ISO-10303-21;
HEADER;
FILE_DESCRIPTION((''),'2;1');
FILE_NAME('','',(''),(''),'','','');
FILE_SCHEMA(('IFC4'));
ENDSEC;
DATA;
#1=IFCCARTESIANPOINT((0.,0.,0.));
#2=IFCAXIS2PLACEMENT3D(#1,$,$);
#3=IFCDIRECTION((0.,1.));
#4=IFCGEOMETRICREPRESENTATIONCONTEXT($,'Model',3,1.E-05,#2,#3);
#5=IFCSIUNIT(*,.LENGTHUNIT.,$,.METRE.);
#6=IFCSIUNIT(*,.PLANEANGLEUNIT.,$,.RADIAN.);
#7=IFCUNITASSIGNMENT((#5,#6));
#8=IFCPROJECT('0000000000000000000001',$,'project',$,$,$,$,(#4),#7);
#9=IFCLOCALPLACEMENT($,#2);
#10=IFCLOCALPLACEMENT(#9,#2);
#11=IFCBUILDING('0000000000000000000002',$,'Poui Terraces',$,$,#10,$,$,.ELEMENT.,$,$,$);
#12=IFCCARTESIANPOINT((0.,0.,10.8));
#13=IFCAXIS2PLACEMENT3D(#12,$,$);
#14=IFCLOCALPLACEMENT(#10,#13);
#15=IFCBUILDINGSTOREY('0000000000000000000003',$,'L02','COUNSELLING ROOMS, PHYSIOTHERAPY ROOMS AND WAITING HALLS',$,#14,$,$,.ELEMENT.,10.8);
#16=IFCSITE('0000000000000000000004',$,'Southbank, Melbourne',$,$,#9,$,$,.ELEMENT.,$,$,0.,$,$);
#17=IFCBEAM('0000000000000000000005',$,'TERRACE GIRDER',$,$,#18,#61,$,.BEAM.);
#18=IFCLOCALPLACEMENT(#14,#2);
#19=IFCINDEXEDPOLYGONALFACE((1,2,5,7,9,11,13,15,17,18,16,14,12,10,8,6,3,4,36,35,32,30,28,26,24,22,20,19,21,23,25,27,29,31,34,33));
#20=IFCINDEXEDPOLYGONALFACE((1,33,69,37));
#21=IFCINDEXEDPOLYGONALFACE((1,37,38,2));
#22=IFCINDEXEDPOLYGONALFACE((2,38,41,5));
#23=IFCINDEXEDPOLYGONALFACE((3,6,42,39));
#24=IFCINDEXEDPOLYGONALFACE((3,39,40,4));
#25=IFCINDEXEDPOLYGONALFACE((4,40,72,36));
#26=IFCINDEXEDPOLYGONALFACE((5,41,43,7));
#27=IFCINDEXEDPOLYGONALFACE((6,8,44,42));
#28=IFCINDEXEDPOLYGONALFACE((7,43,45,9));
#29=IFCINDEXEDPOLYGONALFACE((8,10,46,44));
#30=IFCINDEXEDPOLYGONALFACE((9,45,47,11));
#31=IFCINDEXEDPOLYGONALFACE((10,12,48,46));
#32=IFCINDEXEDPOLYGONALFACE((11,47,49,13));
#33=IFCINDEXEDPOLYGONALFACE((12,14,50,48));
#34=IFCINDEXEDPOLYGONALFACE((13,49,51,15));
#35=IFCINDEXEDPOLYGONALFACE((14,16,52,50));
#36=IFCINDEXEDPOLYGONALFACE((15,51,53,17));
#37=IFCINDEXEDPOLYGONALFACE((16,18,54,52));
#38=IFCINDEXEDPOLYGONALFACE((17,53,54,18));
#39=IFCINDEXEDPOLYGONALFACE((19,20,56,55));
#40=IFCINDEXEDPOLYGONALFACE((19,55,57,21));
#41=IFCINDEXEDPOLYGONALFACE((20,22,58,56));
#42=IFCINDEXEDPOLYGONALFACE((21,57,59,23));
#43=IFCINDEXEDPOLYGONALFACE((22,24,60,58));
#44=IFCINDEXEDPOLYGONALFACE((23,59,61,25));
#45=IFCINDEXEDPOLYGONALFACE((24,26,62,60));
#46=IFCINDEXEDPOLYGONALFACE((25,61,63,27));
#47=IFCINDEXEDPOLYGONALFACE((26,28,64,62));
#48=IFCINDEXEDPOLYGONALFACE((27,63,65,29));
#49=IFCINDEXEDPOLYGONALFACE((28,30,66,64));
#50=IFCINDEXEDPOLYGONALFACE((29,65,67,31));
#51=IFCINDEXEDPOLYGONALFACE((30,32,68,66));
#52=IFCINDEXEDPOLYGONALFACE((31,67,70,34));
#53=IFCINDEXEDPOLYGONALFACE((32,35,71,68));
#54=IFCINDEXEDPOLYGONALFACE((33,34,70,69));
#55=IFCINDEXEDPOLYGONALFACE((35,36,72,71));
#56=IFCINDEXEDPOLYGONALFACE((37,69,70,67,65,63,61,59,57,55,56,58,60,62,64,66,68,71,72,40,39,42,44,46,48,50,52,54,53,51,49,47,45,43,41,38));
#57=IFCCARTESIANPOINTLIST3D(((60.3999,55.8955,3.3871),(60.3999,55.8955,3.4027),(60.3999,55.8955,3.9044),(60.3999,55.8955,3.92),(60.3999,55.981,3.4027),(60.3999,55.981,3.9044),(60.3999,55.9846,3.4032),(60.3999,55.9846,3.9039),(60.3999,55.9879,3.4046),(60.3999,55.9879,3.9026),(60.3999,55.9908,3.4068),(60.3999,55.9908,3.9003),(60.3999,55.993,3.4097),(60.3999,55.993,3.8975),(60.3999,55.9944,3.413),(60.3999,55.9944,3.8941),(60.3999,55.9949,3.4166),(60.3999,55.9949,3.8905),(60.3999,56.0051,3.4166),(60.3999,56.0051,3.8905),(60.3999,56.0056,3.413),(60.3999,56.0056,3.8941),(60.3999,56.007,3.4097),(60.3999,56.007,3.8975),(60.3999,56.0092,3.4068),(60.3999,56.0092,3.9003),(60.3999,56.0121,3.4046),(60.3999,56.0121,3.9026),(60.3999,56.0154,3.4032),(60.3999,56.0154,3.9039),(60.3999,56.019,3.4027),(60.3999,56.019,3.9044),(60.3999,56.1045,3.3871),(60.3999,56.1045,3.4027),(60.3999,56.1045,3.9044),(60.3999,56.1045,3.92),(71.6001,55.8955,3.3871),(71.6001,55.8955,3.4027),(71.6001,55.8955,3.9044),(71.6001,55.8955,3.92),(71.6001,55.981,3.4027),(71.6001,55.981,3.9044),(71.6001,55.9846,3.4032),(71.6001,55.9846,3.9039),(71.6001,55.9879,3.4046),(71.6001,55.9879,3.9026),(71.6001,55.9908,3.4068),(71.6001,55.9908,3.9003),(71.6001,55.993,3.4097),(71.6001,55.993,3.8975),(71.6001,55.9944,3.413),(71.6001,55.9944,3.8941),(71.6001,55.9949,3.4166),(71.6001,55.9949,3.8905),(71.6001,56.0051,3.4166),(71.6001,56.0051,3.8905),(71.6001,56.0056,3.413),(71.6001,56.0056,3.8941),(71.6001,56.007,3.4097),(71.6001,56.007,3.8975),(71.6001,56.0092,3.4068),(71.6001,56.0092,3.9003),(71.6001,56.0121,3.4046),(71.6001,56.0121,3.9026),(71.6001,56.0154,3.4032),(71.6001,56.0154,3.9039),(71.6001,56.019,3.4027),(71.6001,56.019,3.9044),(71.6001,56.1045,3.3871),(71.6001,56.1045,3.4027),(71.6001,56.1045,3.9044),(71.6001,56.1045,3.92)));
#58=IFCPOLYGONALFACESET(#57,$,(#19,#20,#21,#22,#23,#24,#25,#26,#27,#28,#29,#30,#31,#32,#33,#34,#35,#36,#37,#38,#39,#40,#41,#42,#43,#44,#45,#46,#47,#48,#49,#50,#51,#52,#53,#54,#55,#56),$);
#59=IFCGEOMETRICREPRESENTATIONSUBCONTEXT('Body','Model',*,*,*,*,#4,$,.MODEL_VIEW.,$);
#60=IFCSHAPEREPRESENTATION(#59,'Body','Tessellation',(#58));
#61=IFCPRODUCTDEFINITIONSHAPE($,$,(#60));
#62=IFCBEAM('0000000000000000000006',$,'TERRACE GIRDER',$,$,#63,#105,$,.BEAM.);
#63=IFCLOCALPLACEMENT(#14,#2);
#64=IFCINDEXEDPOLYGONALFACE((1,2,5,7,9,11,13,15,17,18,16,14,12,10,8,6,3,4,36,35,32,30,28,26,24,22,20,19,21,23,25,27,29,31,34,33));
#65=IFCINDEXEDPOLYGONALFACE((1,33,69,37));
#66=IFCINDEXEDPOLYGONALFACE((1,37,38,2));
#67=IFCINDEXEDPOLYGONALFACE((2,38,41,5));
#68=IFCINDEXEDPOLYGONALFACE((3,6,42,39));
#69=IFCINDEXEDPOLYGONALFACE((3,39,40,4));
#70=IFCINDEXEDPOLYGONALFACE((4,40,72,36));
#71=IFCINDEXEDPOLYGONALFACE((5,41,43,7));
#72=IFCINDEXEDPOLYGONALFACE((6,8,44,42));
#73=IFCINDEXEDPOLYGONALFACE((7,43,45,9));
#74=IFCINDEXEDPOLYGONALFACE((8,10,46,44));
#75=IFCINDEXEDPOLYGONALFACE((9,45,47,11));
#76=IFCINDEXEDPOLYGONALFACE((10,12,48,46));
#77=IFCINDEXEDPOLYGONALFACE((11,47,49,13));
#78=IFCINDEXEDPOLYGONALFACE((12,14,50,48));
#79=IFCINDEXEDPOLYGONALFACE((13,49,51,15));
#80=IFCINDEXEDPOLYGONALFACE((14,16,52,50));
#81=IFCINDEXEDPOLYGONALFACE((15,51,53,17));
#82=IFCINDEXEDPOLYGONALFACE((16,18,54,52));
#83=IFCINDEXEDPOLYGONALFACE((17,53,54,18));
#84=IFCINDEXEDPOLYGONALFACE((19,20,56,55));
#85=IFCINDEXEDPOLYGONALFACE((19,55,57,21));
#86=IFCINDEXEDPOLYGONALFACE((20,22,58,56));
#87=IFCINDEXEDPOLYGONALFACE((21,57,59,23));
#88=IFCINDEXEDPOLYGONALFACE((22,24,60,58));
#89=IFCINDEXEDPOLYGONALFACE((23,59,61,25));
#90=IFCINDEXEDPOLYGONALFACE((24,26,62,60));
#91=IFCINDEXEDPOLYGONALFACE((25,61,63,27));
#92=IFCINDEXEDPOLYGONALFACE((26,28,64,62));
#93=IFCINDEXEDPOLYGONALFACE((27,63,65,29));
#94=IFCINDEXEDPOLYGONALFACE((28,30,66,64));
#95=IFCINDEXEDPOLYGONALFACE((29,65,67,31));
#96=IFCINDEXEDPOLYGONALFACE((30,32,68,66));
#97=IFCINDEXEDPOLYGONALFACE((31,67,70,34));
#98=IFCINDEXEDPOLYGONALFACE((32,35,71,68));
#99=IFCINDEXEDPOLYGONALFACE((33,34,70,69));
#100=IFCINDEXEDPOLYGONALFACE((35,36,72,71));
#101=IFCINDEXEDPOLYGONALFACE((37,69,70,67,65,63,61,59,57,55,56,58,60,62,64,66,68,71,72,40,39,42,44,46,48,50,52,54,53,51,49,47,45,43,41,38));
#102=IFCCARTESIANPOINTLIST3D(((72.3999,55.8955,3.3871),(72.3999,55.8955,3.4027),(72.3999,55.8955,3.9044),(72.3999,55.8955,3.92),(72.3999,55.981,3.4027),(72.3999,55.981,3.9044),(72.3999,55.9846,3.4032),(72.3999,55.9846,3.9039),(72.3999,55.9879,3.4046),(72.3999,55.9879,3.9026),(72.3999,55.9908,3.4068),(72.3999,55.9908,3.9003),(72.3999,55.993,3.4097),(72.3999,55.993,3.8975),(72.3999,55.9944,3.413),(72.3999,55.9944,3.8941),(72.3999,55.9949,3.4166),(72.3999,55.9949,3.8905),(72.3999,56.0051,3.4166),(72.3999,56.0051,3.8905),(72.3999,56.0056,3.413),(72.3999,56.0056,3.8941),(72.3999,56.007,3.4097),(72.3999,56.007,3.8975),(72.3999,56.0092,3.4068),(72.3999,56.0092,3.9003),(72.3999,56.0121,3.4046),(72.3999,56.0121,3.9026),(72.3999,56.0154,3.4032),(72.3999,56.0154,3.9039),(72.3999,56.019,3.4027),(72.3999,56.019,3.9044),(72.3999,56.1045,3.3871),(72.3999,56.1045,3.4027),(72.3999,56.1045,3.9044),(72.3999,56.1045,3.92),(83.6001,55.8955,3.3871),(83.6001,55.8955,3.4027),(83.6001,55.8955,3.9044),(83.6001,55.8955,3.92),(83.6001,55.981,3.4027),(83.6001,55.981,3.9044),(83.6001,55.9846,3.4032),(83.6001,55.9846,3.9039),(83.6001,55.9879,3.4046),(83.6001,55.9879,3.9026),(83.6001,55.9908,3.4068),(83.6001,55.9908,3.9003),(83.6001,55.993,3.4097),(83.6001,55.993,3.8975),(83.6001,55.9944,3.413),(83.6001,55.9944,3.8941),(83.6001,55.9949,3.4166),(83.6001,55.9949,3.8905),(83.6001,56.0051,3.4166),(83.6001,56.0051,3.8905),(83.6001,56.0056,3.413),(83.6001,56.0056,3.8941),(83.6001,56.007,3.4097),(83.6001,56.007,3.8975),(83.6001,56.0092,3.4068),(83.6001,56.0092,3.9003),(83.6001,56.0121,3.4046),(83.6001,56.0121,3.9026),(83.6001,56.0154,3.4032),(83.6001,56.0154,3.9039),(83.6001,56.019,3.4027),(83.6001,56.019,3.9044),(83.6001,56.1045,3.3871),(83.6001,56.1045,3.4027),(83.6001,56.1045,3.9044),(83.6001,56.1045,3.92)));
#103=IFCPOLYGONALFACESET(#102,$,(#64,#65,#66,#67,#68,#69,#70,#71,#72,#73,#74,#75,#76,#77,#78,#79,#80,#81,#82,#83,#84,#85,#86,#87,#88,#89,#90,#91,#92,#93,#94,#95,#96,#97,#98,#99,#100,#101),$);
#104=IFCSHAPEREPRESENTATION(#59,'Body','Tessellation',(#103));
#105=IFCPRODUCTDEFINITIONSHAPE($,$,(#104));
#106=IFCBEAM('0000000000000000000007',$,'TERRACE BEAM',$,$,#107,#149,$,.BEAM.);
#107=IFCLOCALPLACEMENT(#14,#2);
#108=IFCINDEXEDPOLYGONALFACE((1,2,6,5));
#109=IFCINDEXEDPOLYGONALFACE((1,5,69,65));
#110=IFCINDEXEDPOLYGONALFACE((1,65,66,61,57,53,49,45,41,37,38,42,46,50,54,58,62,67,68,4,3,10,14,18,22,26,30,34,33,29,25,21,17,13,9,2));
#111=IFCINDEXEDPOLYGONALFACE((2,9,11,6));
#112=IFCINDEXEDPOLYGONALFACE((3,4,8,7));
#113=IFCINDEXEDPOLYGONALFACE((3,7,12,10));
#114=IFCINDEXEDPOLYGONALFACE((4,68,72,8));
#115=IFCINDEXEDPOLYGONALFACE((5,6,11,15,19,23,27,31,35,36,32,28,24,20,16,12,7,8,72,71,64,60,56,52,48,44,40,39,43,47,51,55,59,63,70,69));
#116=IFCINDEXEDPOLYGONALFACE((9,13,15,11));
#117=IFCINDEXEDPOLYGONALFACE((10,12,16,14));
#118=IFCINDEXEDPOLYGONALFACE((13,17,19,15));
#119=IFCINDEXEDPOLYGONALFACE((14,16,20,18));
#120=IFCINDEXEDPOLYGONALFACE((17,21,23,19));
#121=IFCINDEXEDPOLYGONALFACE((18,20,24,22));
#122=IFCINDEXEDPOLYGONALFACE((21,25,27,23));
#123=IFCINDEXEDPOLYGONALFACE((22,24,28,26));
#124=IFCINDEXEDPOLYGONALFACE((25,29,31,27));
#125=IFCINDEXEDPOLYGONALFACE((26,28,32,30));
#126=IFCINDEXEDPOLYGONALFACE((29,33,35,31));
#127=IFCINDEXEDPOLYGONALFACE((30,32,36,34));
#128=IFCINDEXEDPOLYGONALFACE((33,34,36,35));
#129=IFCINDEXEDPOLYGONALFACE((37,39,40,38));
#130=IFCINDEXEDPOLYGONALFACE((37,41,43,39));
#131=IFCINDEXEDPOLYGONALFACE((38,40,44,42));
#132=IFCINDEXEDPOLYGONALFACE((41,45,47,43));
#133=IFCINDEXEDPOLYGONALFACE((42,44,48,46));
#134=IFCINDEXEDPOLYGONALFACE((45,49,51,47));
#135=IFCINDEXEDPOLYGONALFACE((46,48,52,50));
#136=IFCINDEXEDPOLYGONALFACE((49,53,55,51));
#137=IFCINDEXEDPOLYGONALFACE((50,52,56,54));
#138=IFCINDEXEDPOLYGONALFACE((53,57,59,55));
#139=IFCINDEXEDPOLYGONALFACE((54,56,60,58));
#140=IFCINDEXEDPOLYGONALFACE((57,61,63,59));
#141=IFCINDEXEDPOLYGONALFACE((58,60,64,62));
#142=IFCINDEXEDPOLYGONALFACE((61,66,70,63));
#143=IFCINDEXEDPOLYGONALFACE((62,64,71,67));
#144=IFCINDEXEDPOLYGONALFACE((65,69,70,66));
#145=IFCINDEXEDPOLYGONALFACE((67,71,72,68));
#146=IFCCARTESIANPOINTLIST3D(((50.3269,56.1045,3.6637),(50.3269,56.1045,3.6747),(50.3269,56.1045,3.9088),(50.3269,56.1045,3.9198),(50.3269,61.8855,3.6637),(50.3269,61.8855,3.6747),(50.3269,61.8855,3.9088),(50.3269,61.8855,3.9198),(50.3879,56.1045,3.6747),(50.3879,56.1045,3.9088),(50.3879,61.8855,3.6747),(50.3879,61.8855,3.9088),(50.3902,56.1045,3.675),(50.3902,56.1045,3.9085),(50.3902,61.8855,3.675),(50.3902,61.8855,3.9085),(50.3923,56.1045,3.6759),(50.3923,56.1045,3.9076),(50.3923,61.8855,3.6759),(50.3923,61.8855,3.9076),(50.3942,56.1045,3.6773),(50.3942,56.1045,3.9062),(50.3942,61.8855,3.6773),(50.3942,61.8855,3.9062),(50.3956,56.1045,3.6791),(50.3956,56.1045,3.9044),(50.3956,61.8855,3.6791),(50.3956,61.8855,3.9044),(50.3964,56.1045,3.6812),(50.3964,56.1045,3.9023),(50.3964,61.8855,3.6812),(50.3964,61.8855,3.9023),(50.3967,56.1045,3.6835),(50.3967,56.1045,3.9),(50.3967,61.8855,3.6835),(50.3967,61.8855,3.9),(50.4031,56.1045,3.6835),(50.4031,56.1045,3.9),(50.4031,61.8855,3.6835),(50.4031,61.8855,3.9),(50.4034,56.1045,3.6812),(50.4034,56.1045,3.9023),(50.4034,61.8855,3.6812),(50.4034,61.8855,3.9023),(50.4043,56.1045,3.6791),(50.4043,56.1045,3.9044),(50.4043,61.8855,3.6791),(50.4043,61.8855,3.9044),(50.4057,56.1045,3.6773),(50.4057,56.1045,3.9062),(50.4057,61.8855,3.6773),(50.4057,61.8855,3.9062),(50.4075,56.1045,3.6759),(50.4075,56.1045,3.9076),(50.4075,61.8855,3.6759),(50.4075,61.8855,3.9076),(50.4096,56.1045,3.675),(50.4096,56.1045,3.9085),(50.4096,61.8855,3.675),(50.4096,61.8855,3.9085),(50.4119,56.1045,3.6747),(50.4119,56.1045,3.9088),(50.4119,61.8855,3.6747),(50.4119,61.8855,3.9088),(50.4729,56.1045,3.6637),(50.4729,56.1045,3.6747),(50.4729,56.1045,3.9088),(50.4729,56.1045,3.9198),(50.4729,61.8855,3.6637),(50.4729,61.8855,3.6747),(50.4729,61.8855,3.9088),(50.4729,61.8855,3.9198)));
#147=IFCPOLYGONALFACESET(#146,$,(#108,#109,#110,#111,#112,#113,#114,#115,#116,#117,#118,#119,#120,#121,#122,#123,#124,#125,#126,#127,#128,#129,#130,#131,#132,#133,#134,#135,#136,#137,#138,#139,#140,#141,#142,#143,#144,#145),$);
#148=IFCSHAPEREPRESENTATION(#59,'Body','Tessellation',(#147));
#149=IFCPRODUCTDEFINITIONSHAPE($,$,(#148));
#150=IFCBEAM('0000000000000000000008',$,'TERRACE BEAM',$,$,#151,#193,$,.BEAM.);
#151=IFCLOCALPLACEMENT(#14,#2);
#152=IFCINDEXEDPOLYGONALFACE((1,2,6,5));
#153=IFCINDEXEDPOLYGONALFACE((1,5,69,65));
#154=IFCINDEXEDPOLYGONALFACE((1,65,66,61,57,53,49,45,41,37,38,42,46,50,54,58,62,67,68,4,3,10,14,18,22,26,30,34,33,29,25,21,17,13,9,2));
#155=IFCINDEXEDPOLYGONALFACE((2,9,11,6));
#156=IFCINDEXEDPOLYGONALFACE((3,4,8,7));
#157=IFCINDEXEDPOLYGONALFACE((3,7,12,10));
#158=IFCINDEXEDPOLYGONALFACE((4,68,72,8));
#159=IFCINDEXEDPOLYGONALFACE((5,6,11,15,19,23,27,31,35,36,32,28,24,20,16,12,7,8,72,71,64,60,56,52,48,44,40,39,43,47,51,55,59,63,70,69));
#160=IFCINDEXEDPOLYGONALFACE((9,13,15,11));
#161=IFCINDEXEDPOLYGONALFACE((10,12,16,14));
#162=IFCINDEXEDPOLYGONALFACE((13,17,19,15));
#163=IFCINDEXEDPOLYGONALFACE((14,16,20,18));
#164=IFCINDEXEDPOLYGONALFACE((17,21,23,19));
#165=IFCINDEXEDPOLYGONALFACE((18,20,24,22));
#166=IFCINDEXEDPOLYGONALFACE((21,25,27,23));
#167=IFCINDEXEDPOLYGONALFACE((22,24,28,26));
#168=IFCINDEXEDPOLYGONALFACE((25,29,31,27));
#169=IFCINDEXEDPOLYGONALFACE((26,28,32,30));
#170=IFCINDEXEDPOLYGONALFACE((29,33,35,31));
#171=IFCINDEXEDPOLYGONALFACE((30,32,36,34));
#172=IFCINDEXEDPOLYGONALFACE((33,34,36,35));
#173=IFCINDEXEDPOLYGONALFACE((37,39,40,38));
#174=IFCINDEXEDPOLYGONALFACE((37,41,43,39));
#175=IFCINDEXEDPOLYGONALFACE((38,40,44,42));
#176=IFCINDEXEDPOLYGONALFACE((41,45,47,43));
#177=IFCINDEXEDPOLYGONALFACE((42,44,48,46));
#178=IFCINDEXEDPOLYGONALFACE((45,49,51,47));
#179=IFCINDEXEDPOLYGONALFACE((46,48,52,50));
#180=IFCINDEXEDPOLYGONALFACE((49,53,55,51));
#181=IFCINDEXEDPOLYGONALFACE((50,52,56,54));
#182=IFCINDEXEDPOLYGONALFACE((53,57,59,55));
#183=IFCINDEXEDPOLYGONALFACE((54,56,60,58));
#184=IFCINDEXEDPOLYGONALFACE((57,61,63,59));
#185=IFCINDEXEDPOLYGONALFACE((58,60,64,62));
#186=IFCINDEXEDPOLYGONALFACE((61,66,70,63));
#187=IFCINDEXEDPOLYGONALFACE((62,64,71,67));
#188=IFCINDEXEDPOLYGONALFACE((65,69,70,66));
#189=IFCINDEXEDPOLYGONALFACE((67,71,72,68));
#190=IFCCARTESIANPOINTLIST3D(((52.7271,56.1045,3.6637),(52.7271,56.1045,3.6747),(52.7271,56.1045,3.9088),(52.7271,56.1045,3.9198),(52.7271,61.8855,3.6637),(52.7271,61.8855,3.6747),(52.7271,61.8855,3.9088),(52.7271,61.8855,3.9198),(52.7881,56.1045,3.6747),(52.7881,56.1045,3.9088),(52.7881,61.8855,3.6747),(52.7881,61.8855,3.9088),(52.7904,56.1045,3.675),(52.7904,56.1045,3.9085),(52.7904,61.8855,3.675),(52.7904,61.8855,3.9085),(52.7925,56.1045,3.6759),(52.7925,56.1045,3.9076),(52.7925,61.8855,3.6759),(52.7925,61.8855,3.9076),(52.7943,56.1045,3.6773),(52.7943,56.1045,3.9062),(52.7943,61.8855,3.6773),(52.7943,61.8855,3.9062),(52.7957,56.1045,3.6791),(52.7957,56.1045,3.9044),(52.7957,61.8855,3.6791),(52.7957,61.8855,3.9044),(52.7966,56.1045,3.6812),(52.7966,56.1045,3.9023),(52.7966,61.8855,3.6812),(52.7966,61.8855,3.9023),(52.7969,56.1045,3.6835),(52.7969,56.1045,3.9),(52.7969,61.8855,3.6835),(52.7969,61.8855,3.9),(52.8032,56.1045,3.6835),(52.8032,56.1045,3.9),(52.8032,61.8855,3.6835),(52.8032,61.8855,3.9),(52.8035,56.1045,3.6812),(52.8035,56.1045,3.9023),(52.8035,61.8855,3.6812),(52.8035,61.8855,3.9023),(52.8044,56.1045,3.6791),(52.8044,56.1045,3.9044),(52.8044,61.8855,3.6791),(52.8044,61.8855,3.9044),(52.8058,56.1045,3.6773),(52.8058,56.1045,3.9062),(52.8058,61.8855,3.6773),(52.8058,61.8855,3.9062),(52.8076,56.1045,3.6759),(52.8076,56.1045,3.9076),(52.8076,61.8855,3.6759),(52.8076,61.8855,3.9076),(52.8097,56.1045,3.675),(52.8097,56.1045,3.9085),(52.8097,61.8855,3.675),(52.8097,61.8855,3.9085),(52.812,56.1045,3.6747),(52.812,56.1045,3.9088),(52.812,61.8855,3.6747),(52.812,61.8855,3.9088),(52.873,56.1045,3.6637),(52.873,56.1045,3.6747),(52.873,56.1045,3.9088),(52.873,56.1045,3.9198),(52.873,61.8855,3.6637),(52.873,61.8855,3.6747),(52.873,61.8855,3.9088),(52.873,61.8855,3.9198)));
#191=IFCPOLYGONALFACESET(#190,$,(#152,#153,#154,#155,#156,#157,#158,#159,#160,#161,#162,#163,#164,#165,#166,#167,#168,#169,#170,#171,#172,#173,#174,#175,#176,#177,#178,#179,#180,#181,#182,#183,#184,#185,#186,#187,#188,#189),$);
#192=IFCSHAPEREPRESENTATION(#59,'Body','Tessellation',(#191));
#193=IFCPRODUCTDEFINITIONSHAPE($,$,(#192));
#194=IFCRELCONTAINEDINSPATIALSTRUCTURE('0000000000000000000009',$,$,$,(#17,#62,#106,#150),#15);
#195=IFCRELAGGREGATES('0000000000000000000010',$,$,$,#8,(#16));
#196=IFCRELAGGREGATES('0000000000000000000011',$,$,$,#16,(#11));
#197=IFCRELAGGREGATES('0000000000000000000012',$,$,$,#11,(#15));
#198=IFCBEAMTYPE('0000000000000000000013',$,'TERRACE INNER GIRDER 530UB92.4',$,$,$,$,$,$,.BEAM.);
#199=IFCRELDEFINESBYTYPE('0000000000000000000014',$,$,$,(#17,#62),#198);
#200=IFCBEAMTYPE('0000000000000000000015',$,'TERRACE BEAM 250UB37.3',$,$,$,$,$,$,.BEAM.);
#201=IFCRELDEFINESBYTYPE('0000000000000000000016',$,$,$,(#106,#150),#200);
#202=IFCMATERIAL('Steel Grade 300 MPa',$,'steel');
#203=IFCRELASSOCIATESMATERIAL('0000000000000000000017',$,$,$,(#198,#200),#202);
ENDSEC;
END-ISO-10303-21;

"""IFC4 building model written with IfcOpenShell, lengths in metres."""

from ifc_helpers import new_model, si_unit, direction, frame, origin, origin_2d, place, context, subcontext, project, spatial, i_section, extrude, source, transform, mapped, material, material_profile, profile_set, type_object, element, save


model = new_model("IFC4")

# Units and contexts
model_context = context("Model", 3, precision=1e-05, world=origin(), true_north=direction((0.0, 1.0)))
body_context = subcontext(model_context, "Body", "Model", "MODEL_VIEW")
ifc_project = project(units=[si_unit("LENGTHUNIT", "METRE"), si_unit("PLANEANGLEUNIT", "RADIAN")], contexts=[model_context])

# Site, building, storey
site_placement = place(None, origin())
site = spatial("IfcSite", under=ifc_project, at=site_placement, Name="Southbank, Melbourne", CompositionType="ELEMENT", RefElevation=0.0)
building_placement = place(site_placement, origin())
building = spatial("IfcBuilding", under=site, at=building_placement, Name="Poui Terraces", CompositionType="ELEMENT")
storey_placement = place(building_placement, frame((0.0, 0.0, 10.8)))
storey = spatial("IfcBuildingStorey", under=building, at=storey_placement, Name="L02", Description="COUNSELLING ROOMS, PHYSIOTHERAPY ROOMS AND WAITING HALLS", CompositionType="ELEMENT", Elevation=10.8)

# Beams
ifc_material_1 = material(Name="Steel Grade 300 MPa", Category="steel")
ifc_material_profile_1 = material_profile(ifc_material_1, i_section(OverallWidth=0.209, OverallDepth=0.533, WebThickness=0.0103, FlangeThickness=0.0156, FilletRadius=0.0139, at=origin_2d()), Name="530UB92.4")
ifc_profile_set_1 = profile_set([ifc_material_profile_1], Name="Steel Grade 300 MPa")
beam_type_1 = type_object("IfcBeamType", Name="TERRACE INNER GIRDER 530UB92.4", PredefinedType="BEAM", material=ifc_profile_set_1)
shared_shape_1 = source(origin(), body_context, "Body", "SweptSolid", [
    extrude(i_section(OverallWidth=0.209, OverallDepth=0.533, WebThickness=0.0103, FlangeThickness=0.0156, FilletRadius=0.0139, at=origin_2d()), origin(), (0.0, 0.0, 1.0), 11.2002),
])
for number, where, z_axis, x_axis, name in (
    (1, (60.3999, 56.0, 3.6536), (1.0, 0.0, 0.0), (0.0, 1.0, 0.0), "TERRACE GIRDER"),
    (2, (72.3999, 56.0, 3.6536), (1.0, 0.0, 0.0), (0.0, 1.0, 0.0), "TERRACE GIRDER"),
):
    element("IfcBeam", number, at=place(storey_placement, frame(where, z_axis=z_axis, x_axis=x_axis)), inside=storey, type_object=beam_type_1, Name=name, PredefinedType="BEAM", context=body_context, shape_type="MappedRepresentation", body=[
        mapped(shared_shape_1, transform((0.0, 0.0, 0.0))),
    ])
ifc_material_profile_2 = material_profile(ifc_material_1, i_section(OverallWidth=0.146, OverallDepth=0.2561, WebThickness=0.0063, FlangeThickness=0.011, FilletRadius=0.0088, at=origin_2d()), Name="250UB37.3")
ifc_profile_set_2 = profile_set([ifc_material_profile_2], Name="Steel Grade 300 MPa")
beam_type_2 = type_object("IfcBeamType", Name="TERRACE BEAM 250UB37.3", PredefinedType="BEAM", material=ifc_profile_set_2)
shared_shape_2 = source(origin(), body_context, "Body", "SweptSolid", [
    extrude(i_section(OverallWidth=0.146, OverallDepth=0.2561, WebThickness=0.0063, FlangeThickness=0.011, FilletRadius=0.0088, at=origin_2d()), origin(), (0.0, 0.0, 1.0), 5.781),
])
for number, where, z_axis, x_axis, name in (
    (3, (50.3999, 56.1045, 3.7917), (0.0, 1.0, 0.0), (-1.0, 0.0, 0.0), "TERRACE BEAM"),
    (4, (52.8, 56.1045, 3.7917), (0.0, 1.0, 0.0), (-1.0, 0.0, 0.0), "TERRACE BEAM"),
):
    element("IfcBeam", number, at=place(storey_placement, frame(where, z_axis=z_axis, x_axis=x_axis)), inside=storey, type_object=beam_type_2, Name=name, PredefinedType="BEAM", context=body_context, shape_type="MappedRepresentation", body=[
        mapped(shared_shape_2, transform((0.0, 0.0, 0.0))),
    ])

save(model, "model.ifc")
